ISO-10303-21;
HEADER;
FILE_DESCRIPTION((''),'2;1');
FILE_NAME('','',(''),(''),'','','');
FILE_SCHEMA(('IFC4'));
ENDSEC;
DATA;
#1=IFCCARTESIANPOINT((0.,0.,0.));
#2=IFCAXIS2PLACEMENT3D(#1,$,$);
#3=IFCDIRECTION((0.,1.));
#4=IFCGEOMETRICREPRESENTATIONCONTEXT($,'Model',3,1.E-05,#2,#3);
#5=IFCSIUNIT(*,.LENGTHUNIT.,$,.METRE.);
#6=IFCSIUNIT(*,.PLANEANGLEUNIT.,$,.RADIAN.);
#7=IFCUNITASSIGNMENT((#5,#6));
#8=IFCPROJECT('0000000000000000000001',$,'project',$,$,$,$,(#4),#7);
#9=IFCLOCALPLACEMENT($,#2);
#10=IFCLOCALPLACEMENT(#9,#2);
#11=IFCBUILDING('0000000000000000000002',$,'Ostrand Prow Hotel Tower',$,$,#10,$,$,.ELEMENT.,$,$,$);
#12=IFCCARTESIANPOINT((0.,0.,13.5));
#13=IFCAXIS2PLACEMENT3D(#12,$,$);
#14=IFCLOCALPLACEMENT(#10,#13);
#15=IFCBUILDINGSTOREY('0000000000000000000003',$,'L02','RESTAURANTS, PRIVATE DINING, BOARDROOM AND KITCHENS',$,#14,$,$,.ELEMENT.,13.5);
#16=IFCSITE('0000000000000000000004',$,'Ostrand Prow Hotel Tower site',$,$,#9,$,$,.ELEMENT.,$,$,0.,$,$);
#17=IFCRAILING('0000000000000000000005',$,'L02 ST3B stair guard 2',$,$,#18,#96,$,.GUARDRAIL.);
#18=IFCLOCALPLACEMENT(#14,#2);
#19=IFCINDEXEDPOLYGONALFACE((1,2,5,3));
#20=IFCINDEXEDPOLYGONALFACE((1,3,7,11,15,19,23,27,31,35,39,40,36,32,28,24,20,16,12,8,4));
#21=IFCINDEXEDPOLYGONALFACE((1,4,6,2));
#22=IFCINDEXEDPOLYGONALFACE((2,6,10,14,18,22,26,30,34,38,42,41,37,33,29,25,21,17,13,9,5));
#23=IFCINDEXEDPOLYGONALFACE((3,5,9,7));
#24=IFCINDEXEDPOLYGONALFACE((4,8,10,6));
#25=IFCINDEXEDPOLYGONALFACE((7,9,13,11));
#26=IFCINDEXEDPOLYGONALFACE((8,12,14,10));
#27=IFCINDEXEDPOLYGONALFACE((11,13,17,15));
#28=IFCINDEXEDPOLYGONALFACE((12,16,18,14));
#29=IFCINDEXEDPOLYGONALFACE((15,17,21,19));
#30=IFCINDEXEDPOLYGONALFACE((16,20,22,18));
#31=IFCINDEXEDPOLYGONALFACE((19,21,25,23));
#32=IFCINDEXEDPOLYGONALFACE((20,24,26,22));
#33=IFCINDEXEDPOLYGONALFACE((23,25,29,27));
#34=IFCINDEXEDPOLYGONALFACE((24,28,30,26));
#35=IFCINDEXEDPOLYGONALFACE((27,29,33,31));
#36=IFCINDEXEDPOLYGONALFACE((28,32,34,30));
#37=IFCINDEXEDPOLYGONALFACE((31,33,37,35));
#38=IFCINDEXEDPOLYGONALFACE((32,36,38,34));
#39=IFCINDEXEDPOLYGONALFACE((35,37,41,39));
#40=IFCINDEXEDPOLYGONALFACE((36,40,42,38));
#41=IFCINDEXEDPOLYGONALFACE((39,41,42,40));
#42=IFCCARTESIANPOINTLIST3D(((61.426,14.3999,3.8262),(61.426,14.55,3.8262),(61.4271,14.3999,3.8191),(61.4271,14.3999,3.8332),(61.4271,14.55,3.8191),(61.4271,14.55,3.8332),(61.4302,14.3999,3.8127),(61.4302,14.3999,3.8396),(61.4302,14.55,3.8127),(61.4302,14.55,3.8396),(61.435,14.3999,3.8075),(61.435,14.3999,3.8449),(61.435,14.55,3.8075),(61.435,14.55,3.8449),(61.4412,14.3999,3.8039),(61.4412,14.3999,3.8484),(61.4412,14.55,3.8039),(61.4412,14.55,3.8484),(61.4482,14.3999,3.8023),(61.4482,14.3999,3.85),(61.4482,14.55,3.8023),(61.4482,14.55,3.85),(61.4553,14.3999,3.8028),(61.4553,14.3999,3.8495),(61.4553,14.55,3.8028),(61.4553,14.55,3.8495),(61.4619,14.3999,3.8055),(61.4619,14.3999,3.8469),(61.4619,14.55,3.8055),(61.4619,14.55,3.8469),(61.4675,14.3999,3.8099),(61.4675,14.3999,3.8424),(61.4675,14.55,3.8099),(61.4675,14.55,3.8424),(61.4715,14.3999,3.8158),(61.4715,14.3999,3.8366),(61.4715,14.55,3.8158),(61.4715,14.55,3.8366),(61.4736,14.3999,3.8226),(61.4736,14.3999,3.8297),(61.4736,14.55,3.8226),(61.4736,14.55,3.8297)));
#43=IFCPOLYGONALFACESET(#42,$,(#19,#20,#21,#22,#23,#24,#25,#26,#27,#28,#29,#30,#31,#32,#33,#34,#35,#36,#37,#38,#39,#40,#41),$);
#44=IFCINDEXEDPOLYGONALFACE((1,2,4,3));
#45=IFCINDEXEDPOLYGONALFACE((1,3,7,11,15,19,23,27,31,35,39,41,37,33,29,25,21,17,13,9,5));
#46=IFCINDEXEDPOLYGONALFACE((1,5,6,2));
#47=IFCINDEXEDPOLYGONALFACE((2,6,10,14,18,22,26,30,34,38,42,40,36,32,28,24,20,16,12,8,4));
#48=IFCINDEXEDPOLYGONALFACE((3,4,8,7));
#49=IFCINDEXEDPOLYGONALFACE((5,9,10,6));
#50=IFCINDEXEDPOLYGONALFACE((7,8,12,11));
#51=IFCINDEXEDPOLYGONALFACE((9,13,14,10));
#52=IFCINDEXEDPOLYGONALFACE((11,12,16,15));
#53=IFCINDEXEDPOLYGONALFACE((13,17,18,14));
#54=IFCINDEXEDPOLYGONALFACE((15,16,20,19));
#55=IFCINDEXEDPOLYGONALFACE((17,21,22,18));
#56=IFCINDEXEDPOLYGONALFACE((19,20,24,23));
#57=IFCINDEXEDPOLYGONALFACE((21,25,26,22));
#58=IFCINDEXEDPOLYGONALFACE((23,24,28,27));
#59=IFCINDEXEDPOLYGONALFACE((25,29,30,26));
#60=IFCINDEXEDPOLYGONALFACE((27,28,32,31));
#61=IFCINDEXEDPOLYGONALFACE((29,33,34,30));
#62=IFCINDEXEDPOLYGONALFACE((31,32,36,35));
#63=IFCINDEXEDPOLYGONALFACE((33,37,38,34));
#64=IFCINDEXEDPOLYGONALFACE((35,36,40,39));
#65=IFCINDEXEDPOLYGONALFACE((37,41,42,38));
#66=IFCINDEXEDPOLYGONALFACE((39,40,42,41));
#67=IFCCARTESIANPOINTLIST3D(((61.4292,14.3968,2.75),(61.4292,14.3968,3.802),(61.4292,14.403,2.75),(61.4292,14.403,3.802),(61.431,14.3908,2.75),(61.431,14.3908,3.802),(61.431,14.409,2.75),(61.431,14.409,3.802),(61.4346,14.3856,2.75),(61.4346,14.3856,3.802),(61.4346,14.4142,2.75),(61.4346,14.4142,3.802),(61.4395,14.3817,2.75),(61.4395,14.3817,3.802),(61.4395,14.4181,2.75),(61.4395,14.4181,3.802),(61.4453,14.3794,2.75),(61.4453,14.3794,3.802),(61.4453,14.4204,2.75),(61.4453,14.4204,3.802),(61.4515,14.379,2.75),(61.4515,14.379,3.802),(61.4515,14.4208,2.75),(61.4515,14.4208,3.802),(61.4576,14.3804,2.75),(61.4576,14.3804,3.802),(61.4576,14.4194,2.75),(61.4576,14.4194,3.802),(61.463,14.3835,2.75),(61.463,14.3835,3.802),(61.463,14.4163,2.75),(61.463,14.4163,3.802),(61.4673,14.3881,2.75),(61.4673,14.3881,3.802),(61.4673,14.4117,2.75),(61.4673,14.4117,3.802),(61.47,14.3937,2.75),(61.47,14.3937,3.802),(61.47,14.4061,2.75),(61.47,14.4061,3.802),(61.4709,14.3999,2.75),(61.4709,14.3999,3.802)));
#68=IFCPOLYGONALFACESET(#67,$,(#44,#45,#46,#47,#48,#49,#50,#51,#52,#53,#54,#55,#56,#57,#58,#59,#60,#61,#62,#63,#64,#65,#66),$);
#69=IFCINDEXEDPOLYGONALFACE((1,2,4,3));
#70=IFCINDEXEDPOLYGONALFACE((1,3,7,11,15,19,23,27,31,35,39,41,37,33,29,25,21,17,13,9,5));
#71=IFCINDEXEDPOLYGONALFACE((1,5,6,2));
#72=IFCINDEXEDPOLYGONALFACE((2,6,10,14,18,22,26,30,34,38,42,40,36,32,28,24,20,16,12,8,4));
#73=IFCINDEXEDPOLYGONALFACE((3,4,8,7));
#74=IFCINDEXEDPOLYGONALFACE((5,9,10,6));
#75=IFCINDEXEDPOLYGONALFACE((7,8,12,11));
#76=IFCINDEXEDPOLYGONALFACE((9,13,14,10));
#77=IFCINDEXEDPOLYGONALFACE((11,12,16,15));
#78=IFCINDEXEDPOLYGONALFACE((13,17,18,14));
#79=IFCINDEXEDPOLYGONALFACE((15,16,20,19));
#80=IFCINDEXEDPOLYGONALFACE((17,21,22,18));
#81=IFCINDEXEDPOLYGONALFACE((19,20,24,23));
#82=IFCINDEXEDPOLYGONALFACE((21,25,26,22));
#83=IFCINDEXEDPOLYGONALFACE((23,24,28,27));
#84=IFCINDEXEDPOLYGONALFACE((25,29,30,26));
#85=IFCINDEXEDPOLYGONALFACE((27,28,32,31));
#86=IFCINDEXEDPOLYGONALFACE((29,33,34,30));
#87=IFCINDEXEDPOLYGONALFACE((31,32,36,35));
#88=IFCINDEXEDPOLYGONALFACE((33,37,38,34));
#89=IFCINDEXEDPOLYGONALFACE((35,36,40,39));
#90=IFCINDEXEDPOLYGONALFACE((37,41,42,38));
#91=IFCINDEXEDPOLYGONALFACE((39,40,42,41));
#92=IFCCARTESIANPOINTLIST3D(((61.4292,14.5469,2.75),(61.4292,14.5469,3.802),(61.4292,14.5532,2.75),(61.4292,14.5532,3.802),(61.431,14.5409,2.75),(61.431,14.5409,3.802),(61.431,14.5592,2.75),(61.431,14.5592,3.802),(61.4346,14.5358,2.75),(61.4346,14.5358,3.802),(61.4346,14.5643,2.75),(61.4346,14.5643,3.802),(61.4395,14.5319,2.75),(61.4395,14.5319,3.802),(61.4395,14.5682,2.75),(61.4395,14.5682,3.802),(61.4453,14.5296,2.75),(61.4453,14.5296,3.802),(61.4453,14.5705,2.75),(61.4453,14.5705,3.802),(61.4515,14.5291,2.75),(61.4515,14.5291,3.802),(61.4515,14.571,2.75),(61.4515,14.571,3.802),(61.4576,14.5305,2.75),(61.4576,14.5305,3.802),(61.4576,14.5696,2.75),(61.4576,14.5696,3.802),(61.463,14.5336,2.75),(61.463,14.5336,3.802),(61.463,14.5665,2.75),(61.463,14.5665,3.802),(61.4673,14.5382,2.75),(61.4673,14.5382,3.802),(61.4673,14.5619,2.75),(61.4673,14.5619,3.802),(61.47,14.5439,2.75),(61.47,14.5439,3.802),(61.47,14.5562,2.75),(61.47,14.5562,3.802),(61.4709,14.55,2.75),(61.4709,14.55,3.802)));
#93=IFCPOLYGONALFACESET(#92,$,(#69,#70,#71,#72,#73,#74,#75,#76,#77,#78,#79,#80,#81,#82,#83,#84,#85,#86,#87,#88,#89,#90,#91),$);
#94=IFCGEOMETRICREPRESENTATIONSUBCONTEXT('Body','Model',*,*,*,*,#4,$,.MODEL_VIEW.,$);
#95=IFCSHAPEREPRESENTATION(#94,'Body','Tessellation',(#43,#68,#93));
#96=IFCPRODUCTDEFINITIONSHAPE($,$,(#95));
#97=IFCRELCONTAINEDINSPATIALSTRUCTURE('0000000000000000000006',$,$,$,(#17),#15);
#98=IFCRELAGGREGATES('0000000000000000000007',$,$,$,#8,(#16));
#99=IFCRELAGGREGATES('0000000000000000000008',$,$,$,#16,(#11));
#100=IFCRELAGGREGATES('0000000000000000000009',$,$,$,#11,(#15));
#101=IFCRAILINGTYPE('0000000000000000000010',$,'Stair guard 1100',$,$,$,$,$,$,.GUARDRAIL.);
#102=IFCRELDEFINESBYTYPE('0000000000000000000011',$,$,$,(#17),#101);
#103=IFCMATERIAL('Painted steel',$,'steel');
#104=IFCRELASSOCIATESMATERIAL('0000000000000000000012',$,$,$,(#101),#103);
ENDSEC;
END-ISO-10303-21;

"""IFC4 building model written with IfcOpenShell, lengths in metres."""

from ifc_helpers import new_model, si_unit, direction, frame, origin, origin_2d, place, context, subcontext, project, spatial, circle, extrude, material, type_object, element, save


model = new_model("IFC4")

# Units and contexts
model_context = context("Model", 3, precision=1e-05, world=origin(), true_north=direction((0.0, 1.0)))
body_context = subcontext(model_context, "Body", "Model", "MODEL_VIEW")
ifc_project = project(units=[si_unit("LENGTHUNIT", "METRE"), si_unit("PLANEANGLEUNIT", "RADIAN")], contexts=[model_context])

# Site, building, storey
site_placement = place(None, origin())
site = spatial("IfcSite", under=ifc_project, at=site_placement, Name="Ostrand Prow Hotel Tower site", CompositionType="ELEMENT", RefElevation=0.0)
building_placement = place(site_placement, origin())
building = spatial("IfcBuilding", under=site, at=building_placement, Name="Ostrand Prow Hotel Tower", CompositionType="ELEMENT")
storey_placement = place(building_placement, frame((0.0, 0.0, 13.5)))
storey = spatial("IfcBuildingStorey", under=building, at=storey_placement, Name="L02", Description="RESTAURANTS, PRIVATE DINING, BOARDROOM AND KITCHENS", CompositionType="ELEMENT", Elevation=13.5)

# Railing
ifc_material_1 = material(Name="Painted steel", Category="steel")
railing_type_1 = type_object("IfcRailingType", Name="Stair guard 1100", PredefinedType="GUARDRAIL", material=ifc_material_1)
railing_1_placement = place(storey_placement, frame((61.45, 14.3999, 2.75)))
element("IfcRailing", 1, at=railing_1_placement, inside=storey, type_object=railing_type_1, Name="L02 ST3B stair guard 2", PredefinedType="GUARDRAIL", context=body_context, shape_type="SweptSolid", body=[
    extrude(circle(Radius=0.0239, at=origin_2d()), frame((0.0, 0.0, 1.0762), z_axis=(0.0, 1.0, 0.0), x_axis=(-1.0, 0.0, 0.0)), (0.0, 0.0, 1.0), 0.1501),
    extrude(circle(Radius=0.021, at=origin_2d()), origin(), (0.0, 0.0, 1.0), 1.052),
    extrude(circle(Radius=0.021, at=origin_2d()), frame((0.0, 0.1501, 0.0)), (0.0, 0.0, 1.0), 1.052),
])

save(model, "model.ifc")
